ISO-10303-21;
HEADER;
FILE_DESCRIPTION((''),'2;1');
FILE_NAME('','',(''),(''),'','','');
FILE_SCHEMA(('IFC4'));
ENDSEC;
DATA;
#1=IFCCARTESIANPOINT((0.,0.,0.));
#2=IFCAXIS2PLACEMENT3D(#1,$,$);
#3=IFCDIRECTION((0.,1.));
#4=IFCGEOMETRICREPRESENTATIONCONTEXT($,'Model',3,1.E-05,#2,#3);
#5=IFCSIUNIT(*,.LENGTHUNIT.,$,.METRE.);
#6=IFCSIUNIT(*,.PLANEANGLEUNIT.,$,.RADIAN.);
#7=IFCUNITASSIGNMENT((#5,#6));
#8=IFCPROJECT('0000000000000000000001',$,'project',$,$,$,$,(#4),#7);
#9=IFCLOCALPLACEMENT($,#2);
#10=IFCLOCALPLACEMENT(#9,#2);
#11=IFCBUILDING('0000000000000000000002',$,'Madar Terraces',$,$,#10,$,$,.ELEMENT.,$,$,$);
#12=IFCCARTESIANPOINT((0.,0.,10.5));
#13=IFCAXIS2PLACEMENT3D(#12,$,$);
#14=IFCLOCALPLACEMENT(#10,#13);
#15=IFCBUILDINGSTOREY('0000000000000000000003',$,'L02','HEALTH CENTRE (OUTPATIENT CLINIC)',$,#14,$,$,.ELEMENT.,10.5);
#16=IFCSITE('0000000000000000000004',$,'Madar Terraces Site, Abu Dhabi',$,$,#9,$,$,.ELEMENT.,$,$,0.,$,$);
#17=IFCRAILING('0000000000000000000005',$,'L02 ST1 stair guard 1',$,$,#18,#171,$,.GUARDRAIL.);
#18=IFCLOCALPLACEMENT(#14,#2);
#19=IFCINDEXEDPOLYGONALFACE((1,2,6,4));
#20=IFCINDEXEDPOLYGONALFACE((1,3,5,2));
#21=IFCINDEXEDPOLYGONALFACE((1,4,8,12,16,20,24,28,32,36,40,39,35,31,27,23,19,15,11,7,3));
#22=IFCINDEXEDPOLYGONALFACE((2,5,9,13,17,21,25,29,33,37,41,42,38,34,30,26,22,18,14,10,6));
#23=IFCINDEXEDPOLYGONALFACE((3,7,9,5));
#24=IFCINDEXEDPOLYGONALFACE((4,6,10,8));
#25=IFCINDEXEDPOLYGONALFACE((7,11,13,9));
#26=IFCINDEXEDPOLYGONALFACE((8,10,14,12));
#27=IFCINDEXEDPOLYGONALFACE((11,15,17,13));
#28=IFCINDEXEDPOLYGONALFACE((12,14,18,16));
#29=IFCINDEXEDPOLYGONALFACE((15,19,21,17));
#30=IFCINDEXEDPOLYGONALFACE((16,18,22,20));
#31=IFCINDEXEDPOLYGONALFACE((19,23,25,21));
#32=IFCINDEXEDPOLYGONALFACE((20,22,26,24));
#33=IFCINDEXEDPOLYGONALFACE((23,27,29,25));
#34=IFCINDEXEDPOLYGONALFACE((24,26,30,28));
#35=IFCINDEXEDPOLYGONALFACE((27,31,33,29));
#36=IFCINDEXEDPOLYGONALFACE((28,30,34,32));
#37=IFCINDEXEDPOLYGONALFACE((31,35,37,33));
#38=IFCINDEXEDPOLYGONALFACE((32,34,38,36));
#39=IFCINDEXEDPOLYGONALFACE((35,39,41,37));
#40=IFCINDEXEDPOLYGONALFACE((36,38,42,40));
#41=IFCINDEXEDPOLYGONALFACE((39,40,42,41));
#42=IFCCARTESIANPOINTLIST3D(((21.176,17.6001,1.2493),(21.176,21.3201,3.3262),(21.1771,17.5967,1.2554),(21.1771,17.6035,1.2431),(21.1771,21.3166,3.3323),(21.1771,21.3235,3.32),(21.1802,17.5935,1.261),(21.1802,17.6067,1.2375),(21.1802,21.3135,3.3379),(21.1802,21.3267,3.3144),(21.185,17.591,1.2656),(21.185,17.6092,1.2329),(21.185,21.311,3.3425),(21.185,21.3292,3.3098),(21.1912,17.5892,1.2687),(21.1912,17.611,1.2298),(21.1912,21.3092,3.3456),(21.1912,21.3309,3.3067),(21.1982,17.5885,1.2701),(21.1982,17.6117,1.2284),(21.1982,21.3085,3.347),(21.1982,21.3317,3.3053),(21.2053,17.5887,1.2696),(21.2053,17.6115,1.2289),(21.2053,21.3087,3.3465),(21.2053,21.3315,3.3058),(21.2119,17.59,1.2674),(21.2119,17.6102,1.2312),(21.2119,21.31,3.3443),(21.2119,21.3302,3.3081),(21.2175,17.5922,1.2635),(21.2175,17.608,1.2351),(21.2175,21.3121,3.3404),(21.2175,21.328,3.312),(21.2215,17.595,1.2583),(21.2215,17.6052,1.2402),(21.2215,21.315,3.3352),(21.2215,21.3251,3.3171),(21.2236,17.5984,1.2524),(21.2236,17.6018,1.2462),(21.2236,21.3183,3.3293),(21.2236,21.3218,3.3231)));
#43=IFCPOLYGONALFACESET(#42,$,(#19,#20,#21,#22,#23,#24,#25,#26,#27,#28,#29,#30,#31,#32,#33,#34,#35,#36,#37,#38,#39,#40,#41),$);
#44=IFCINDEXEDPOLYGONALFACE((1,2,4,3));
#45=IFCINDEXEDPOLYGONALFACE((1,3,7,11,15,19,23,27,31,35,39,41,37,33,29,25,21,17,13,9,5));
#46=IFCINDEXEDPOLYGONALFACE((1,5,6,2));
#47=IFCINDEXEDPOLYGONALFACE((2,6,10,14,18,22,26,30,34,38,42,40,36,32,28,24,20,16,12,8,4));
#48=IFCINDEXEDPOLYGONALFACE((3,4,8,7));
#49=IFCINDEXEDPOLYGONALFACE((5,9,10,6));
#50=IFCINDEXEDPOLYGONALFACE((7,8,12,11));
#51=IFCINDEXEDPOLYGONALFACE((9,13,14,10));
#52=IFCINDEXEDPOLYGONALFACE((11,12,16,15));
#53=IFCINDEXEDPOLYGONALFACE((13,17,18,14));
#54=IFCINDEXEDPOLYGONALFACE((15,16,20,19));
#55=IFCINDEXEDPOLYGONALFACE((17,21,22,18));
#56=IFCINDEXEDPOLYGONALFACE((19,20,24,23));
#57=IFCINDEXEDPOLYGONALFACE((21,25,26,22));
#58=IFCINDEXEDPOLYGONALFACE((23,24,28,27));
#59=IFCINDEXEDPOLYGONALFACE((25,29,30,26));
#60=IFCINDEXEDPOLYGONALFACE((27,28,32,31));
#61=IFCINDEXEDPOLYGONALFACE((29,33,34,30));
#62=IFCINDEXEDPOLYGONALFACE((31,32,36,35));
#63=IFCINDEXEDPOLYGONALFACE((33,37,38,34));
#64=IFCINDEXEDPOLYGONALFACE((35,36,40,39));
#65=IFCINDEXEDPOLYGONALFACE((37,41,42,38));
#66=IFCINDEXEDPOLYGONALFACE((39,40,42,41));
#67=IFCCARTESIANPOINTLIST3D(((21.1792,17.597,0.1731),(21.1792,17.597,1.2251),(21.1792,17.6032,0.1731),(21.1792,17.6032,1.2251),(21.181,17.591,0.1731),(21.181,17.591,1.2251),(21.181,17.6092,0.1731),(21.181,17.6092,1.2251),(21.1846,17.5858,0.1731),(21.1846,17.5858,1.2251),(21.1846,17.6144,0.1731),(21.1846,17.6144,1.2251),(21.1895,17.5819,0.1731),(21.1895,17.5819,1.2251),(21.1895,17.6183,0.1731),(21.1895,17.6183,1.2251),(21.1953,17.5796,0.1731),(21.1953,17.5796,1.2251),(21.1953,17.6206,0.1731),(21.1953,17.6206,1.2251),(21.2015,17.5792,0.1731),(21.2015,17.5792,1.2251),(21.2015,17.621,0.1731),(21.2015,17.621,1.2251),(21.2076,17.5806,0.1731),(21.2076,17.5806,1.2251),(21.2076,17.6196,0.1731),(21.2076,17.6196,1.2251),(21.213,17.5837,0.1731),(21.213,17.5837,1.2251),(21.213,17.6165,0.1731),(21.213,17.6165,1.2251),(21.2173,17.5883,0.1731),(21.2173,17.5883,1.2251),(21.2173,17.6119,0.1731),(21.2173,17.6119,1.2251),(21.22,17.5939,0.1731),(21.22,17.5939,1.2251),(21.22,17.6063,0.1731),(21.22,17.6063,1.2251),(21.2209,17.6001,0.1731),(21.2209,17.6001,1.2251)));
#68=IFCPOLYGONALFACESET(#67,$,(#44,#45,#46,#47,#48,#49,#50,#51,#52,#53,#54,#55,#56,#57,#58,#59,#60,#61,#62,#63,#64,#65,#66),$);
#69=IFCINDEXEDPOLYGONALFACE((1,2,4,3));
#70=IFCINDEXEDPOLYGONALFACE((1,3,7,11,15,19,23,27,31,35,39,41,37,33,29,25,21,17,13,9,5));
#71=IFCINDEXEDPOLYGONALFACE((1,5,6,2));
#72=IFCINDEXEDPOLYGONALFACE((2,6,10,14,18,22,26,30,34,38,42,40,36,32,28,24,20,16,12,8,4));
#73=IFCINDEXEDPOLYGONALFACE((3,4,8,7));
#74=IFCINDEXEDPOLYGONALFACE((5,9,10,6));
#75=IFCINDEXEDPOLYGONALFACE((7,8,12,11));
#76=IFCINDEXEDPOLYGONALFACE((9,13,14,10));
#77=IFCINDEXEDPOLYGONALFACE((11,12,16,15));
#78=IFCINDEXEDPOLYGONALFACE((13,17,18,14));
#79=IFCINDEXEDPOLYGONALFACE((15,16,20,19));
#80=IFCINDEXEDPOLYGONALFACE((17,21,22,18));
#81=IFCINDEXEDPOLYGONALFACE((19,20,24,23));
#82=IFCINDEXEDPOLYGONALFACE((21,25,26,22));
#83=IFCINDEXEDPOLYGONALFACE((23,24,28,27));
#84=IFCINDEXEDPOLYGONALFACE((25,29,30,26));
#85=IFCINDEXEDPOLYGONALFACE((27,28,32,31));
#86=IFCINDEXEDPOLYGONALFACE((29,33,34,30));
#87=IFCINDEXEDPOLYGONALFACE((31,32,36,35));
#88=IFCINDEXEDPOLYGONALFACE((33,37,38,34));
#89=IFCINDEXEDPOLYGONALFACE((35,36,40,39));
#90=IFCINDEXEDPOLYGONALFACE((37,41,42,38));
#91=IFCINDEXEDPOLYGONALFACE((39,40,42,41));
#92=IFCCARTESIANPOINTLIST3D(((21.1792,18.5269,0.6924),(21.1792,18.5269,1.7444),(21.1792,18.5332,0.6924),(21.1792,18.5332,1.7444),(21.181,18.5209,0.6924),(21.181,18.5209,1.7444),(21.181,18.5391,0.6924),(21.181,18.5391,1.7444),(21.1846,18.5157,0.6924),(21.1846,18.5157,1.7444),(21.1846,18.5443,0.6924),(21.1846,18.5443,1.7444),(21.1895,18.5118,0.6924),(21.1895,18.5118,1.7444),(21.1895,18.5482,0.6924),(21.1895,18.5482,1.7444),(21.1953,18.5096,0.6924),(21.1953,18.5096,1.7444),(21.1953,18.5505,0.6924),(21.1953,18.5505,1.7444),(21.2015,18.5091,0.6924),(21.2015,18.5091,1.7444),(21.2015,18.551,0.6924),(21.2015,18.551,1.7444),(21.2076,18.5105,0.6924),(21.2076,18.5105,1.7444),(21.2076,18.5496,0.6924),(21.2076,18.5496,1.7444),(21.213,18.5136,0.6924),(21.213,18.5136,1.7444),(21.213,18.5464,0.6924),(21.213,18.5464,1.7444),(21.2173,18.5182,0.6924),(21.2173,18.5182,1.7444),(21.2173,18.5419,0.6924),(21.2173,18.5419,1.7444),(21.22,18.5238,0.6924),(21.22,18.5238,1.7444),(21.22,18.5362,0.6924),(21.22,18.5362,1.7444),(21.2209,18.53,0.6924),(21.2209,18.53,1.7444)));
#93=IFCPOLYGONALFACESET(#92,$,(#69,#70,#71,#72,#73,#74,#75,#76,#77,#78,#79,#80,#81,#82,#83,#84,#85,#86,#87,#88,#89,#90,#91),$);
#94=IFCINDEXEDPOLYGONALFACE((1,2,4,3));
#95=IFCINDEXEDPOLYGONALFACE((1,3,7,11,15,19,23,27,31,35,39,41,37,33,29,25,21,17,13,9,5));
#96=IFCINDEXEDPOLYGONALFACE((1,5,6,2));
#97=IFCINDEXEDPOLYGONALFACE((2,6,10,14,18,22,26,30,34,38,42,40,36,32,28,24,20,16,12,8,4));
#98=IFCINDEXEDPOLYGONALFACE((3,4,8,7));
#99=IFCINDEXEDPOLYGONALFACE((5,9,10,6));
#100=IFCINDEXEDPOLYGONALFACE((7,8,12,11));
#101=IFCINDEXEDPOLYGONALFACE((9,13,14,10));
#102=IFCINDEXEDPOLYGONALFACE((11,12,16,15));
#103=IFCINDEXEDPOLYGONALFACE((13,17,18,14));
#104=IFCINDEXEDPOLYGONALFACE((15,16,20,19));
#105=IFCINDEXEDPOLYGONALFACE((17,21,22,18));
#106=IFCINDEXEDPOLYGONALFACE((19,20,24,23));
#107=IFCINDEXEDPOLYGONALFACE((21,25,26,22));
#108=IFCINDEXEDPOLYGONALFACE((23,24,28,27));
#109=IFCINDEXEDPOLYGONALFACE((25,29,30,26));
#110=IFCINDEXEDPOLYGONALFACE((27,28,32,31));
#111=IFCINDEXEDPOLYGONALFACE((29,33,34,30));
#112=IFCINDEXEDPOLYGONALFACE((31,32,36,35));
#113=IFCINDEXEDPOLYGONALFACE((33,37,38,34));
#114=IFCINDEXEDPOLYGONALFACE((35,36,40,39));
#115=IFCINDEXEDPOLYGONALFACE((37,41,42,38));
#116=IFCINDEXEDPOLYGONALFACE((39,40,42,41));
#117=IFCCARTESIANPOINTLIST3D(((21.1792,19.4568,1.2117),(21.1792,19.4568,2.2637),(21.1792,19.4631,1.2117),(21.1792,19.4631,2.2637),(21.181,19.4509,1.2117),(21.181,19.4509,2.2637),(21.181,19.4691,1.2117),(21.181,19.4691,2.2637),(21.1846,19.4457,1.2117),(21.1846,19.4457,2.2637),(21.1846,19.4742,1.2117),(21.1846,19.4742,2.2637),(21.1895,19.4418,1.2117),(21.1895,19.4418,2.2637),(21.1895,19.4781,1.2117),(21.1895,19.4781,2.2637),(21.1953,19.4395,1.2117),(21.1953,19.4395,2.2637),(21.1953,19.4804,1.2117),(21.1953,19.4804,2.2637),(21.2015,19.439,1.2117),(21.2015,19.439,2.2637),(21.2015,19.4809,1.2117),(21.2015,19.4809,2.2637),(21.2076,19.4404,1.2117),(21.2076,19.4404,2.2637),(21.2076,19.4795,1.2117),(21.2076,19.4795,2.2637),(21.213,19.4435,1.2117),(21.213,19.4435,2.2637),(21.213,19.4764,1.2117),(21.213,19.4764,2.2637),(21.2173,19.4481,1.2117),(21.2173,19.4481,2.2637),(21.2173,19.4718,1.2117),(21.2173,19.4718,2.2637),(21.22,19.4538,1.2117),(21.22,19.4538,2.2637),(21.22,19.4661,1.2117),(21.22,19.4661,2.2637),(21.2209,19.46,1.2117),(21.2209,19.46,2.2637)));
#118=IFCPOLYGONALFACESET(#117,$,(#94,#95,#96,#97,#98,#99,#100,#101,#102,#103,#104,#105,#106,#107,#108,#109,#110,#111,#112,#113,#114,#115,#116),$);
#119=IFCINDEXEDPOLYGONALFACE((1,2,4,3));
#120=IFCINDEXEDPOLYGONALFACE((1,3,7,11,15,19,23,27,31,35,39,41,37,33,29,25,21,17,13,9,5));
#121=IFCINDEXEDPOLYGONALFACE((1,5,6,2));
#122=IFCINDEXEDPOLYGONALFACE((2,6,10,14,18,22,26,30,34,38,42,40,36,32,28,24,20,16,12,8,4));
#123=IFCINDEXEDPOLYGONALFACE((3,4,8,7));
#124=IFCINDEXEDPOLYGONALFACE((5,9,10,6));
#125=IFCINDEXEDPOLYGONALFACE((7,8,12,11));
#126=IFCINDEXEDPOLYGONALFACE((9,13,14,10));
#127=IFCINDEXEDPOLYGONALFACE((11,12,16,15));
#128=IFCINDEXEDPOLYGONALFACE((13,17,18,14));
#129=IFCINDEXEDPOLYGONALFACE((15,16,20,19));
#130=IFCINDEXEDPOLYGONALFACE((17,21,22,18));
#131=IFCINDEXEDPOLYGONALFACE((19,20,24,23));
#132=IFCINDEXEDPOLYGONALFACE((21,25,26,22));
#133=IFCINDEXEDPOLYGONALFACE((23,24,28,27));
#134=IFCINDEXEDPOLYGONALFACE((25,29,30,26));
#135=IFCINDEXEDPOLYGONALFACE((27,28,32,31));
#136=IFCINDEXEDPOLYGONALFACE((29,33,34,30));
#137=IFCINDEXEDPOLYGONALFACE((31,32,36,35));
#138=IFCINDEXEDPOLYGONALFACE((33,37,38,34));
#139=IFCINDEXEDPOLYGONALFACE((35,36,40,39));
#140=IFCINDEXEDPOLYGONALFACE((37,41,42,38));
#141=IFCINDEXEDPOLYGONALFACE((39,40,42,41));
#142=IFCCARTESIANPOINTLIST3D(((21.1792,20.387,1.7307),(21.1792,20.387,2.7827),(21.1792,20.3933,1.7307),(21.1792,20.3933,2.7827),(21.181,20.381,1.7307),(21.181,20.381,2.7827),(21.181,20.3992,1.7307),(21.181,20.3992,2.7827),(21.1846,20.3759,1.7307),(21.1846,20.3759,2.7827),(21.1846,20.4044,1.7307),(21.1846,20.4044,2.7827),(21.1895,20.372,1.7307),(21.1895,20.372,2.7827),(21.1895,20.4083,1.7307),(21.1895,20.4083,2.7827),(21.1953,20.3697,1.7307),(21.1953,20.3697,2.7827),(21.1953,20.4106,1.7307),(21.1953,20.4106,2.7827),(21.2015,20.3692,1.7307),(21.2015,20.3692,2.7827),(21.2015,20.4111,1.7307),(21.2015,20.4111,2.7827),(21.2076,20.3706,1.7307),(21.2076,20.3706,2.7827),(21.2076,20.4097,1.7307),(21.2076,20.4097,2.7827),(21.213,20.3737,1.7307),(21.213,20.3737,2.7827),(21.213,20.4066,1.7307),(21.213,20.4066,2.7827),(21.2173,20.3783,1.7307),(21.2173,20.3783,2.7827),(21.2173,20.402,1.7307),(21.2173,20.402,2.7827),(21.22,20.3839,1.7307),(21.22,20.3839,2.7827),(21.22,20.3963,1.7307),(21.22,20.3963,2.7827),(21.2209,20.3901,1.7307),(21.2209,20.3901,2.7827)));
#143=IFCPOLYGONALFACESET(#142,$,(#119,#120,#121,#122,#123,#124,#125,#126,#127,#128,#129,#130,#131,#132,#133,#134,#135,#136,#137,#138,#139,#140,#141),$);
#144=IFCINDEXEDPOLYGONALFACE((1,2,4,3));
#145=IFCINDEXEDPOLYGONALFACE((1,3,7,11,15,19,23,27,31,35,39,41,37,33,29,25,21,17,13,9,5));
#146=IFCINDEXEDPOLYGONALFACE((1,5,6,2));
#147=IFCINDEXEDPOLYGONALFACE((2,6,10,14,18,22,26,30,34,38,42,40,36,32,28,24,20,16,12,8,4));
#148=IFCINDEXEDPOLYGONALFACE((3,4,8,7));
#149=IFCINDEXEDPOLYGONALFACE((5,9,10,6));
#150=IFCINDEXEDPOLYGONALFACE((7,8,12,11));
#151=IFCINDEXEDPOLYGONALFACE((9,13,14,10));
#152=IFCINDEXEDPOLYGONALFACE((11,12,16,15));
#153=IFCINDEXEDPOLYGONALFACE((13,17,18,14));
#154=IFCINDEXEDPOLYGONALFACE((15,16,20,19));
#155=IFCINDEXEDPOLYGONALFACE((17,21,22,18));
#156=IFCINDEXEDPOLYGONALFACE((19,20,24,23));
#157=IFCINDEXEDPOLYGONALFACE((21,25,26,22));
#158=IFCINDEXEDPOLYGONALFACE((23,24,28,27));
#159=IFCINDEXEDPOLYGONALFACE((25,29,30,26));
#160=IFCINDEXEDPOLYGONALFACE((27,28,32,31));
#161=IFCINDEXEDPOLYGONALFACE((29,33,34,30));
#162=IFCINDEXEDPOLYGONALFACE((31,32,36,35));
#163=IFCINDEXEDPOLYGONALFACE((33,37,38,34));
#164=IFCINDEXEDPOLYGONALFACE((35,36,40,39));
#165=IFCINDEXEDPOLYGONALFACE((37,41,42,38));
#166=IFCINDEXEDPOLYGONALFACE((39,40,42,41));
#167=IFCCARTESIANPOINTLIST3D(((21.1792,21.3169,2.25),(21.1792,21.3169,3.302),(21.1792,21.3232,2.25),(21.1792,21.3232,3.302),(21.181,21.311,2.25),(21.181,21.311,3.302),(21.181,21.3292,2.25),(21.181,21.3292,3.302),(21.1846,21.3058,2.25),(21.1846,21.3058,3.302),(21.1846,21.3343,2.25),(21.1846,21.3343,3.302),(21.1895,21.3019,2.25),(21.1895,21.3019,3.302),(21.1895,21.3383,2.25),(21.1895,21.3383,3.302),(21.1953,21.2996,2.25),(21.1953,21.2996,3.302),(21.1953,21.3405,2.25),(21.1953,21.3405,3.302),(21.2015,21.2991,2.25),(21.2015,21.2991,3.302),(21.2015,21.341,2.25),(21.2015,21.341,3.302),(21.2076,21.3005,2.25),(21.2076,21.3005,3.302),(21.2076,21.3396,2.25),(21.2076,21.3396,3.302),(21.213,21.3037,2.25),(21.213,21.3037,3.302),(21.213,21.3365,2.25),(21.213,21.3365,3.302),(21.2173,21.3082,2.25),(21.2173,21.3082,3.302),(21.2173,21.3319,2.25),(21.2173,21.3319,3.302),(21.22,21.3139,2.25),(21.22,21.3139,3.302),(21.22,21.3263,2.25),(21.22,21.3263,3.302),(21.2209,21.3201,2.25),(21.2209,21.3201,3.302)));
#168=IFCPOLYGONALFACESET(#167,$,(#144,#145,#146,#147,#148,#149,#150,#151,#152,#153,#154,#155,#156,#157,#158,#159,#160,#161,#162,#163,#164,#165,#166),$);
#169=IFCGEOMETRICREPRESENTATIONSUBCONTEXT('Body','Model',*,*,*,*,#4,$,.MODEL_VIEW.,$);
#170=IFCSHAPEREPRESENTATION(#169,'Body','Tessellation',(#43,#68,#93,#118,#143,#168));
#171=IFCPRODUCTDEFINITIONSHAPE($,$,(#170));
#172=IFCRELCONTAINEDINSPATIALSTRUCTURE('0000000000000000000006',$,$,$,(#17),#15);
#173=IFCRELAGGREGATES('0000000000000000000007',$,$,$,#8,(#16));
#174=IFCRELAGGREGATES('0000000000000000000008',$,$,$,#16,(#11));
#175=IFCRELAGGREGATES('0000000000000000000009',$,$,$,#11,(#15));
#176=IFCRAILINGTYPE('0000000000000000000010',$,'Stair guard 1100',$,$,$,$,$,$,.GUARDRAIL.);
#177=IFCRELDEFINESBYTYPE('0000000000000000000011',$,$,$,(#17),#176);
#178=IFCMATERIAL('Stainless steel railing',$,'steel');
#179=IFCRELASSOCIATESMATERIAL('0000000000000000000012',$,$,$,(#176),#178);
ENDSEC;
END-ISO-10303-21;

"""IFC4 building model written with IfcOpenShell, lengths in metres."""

from ifc_helpers import new_model, si_unit, direction, frame, origin, origin_2d, place, context, subcontext, project, spatial, circle, extrude, material, type_object, element, save


model = new_model("IFC4")

# Units and contexts
model_context = context("Model", 3, precision=1e-05, world=origin(), true_north=direction((0.0, 1.0)))
body_context = subcontext(model_context, "Body", "Model", "MODEL_VIEW")
ifc_project = project(units=[si_unit("LENGTHUNIT", "METRE"), si_unit("PLANEANGLEUNIT", "RADIAN")], contexts=[model_context])

# Site, building, storey
site_placement = place(None, origin())
site = spatial("IfcSite", under=ifc_project, at=site_placement, Name="Madar Terraces Site, Abu Dhabi", CompositionType="ELEMENT", RefElevation=0.0)
building_placement = place(site_placement, origin())
building = spatial("IfcBuilding", under=site, at=building_placement, Name="Madar Terraces", CompositionType="ELEMENT")
storey_placement = place(building_placement, frame((0.0, 0.0, 10.5)))
storey = spatial("IfcBuildingStorey", under=building, at=storey_placement, Name="L02", Description="HEALTH CENTRE (OUTPATIENT CLINIC)", CompositionType="ELEMENT", Elevation=10.5)

# Railing
ifc_material_1 = material(Name="Stainless steel railing", Category="steel")
railing_type_1 = type_object("IfcRailingType", Name="Stair guard 1100", PredefinedType="GUARDRAIL", material=ifc_material_1)
railing_1_placement = place(storey_placement, frame((21.2, 17.6001, 0.1731)))
element("IfcRailing", 1, at=railing_1_placement, inside=storey, type_object=railing_type_1, Name="L02 ST1 stair guard 1", PredefinedType="GUARDRAIL", context=body_context, shape_type="SweptSolid", body=[
    extrude(circle(Radius=0.0239, at=origin_2d()), frame((0.0, 0.0, 1.0762), z_axis=(0.0, 0.873134, 0.487481), x_axis=(-1.0, 0.0, 0.0)), (0.0, 0.0, 1.0), 4.2605),
    extrude(circle(Radius=0.021, at=origin_2d()), origin(), (0.0, 0.0, 1.0), 1.052),
    extrude(circle(Radius=0.021, at=origin_2d()), frame((0.0, 0.9299, 0.5193)), (0.0, 0.0, 1.0), 1.052),
    extrude(circle(Radius=0.021, at=origin_2d()), frame((0.0, 1.8599, 1.0386)), (0.0, 0.0, 1.0), 1.052),
    extrude(circle(Radius=0.021, at=origin_2d()), frame((0.0, 2.79, 1.5576)), (0.0, 0.0, 1.0), 1.052),
    extrude(circle(Radius=0.021, at=origin_2d()), frame((0.0, 3.72, 2.0769)), (0.0, 0.0, 1.0), 1.052),
])

save(model, "model.ifc")
